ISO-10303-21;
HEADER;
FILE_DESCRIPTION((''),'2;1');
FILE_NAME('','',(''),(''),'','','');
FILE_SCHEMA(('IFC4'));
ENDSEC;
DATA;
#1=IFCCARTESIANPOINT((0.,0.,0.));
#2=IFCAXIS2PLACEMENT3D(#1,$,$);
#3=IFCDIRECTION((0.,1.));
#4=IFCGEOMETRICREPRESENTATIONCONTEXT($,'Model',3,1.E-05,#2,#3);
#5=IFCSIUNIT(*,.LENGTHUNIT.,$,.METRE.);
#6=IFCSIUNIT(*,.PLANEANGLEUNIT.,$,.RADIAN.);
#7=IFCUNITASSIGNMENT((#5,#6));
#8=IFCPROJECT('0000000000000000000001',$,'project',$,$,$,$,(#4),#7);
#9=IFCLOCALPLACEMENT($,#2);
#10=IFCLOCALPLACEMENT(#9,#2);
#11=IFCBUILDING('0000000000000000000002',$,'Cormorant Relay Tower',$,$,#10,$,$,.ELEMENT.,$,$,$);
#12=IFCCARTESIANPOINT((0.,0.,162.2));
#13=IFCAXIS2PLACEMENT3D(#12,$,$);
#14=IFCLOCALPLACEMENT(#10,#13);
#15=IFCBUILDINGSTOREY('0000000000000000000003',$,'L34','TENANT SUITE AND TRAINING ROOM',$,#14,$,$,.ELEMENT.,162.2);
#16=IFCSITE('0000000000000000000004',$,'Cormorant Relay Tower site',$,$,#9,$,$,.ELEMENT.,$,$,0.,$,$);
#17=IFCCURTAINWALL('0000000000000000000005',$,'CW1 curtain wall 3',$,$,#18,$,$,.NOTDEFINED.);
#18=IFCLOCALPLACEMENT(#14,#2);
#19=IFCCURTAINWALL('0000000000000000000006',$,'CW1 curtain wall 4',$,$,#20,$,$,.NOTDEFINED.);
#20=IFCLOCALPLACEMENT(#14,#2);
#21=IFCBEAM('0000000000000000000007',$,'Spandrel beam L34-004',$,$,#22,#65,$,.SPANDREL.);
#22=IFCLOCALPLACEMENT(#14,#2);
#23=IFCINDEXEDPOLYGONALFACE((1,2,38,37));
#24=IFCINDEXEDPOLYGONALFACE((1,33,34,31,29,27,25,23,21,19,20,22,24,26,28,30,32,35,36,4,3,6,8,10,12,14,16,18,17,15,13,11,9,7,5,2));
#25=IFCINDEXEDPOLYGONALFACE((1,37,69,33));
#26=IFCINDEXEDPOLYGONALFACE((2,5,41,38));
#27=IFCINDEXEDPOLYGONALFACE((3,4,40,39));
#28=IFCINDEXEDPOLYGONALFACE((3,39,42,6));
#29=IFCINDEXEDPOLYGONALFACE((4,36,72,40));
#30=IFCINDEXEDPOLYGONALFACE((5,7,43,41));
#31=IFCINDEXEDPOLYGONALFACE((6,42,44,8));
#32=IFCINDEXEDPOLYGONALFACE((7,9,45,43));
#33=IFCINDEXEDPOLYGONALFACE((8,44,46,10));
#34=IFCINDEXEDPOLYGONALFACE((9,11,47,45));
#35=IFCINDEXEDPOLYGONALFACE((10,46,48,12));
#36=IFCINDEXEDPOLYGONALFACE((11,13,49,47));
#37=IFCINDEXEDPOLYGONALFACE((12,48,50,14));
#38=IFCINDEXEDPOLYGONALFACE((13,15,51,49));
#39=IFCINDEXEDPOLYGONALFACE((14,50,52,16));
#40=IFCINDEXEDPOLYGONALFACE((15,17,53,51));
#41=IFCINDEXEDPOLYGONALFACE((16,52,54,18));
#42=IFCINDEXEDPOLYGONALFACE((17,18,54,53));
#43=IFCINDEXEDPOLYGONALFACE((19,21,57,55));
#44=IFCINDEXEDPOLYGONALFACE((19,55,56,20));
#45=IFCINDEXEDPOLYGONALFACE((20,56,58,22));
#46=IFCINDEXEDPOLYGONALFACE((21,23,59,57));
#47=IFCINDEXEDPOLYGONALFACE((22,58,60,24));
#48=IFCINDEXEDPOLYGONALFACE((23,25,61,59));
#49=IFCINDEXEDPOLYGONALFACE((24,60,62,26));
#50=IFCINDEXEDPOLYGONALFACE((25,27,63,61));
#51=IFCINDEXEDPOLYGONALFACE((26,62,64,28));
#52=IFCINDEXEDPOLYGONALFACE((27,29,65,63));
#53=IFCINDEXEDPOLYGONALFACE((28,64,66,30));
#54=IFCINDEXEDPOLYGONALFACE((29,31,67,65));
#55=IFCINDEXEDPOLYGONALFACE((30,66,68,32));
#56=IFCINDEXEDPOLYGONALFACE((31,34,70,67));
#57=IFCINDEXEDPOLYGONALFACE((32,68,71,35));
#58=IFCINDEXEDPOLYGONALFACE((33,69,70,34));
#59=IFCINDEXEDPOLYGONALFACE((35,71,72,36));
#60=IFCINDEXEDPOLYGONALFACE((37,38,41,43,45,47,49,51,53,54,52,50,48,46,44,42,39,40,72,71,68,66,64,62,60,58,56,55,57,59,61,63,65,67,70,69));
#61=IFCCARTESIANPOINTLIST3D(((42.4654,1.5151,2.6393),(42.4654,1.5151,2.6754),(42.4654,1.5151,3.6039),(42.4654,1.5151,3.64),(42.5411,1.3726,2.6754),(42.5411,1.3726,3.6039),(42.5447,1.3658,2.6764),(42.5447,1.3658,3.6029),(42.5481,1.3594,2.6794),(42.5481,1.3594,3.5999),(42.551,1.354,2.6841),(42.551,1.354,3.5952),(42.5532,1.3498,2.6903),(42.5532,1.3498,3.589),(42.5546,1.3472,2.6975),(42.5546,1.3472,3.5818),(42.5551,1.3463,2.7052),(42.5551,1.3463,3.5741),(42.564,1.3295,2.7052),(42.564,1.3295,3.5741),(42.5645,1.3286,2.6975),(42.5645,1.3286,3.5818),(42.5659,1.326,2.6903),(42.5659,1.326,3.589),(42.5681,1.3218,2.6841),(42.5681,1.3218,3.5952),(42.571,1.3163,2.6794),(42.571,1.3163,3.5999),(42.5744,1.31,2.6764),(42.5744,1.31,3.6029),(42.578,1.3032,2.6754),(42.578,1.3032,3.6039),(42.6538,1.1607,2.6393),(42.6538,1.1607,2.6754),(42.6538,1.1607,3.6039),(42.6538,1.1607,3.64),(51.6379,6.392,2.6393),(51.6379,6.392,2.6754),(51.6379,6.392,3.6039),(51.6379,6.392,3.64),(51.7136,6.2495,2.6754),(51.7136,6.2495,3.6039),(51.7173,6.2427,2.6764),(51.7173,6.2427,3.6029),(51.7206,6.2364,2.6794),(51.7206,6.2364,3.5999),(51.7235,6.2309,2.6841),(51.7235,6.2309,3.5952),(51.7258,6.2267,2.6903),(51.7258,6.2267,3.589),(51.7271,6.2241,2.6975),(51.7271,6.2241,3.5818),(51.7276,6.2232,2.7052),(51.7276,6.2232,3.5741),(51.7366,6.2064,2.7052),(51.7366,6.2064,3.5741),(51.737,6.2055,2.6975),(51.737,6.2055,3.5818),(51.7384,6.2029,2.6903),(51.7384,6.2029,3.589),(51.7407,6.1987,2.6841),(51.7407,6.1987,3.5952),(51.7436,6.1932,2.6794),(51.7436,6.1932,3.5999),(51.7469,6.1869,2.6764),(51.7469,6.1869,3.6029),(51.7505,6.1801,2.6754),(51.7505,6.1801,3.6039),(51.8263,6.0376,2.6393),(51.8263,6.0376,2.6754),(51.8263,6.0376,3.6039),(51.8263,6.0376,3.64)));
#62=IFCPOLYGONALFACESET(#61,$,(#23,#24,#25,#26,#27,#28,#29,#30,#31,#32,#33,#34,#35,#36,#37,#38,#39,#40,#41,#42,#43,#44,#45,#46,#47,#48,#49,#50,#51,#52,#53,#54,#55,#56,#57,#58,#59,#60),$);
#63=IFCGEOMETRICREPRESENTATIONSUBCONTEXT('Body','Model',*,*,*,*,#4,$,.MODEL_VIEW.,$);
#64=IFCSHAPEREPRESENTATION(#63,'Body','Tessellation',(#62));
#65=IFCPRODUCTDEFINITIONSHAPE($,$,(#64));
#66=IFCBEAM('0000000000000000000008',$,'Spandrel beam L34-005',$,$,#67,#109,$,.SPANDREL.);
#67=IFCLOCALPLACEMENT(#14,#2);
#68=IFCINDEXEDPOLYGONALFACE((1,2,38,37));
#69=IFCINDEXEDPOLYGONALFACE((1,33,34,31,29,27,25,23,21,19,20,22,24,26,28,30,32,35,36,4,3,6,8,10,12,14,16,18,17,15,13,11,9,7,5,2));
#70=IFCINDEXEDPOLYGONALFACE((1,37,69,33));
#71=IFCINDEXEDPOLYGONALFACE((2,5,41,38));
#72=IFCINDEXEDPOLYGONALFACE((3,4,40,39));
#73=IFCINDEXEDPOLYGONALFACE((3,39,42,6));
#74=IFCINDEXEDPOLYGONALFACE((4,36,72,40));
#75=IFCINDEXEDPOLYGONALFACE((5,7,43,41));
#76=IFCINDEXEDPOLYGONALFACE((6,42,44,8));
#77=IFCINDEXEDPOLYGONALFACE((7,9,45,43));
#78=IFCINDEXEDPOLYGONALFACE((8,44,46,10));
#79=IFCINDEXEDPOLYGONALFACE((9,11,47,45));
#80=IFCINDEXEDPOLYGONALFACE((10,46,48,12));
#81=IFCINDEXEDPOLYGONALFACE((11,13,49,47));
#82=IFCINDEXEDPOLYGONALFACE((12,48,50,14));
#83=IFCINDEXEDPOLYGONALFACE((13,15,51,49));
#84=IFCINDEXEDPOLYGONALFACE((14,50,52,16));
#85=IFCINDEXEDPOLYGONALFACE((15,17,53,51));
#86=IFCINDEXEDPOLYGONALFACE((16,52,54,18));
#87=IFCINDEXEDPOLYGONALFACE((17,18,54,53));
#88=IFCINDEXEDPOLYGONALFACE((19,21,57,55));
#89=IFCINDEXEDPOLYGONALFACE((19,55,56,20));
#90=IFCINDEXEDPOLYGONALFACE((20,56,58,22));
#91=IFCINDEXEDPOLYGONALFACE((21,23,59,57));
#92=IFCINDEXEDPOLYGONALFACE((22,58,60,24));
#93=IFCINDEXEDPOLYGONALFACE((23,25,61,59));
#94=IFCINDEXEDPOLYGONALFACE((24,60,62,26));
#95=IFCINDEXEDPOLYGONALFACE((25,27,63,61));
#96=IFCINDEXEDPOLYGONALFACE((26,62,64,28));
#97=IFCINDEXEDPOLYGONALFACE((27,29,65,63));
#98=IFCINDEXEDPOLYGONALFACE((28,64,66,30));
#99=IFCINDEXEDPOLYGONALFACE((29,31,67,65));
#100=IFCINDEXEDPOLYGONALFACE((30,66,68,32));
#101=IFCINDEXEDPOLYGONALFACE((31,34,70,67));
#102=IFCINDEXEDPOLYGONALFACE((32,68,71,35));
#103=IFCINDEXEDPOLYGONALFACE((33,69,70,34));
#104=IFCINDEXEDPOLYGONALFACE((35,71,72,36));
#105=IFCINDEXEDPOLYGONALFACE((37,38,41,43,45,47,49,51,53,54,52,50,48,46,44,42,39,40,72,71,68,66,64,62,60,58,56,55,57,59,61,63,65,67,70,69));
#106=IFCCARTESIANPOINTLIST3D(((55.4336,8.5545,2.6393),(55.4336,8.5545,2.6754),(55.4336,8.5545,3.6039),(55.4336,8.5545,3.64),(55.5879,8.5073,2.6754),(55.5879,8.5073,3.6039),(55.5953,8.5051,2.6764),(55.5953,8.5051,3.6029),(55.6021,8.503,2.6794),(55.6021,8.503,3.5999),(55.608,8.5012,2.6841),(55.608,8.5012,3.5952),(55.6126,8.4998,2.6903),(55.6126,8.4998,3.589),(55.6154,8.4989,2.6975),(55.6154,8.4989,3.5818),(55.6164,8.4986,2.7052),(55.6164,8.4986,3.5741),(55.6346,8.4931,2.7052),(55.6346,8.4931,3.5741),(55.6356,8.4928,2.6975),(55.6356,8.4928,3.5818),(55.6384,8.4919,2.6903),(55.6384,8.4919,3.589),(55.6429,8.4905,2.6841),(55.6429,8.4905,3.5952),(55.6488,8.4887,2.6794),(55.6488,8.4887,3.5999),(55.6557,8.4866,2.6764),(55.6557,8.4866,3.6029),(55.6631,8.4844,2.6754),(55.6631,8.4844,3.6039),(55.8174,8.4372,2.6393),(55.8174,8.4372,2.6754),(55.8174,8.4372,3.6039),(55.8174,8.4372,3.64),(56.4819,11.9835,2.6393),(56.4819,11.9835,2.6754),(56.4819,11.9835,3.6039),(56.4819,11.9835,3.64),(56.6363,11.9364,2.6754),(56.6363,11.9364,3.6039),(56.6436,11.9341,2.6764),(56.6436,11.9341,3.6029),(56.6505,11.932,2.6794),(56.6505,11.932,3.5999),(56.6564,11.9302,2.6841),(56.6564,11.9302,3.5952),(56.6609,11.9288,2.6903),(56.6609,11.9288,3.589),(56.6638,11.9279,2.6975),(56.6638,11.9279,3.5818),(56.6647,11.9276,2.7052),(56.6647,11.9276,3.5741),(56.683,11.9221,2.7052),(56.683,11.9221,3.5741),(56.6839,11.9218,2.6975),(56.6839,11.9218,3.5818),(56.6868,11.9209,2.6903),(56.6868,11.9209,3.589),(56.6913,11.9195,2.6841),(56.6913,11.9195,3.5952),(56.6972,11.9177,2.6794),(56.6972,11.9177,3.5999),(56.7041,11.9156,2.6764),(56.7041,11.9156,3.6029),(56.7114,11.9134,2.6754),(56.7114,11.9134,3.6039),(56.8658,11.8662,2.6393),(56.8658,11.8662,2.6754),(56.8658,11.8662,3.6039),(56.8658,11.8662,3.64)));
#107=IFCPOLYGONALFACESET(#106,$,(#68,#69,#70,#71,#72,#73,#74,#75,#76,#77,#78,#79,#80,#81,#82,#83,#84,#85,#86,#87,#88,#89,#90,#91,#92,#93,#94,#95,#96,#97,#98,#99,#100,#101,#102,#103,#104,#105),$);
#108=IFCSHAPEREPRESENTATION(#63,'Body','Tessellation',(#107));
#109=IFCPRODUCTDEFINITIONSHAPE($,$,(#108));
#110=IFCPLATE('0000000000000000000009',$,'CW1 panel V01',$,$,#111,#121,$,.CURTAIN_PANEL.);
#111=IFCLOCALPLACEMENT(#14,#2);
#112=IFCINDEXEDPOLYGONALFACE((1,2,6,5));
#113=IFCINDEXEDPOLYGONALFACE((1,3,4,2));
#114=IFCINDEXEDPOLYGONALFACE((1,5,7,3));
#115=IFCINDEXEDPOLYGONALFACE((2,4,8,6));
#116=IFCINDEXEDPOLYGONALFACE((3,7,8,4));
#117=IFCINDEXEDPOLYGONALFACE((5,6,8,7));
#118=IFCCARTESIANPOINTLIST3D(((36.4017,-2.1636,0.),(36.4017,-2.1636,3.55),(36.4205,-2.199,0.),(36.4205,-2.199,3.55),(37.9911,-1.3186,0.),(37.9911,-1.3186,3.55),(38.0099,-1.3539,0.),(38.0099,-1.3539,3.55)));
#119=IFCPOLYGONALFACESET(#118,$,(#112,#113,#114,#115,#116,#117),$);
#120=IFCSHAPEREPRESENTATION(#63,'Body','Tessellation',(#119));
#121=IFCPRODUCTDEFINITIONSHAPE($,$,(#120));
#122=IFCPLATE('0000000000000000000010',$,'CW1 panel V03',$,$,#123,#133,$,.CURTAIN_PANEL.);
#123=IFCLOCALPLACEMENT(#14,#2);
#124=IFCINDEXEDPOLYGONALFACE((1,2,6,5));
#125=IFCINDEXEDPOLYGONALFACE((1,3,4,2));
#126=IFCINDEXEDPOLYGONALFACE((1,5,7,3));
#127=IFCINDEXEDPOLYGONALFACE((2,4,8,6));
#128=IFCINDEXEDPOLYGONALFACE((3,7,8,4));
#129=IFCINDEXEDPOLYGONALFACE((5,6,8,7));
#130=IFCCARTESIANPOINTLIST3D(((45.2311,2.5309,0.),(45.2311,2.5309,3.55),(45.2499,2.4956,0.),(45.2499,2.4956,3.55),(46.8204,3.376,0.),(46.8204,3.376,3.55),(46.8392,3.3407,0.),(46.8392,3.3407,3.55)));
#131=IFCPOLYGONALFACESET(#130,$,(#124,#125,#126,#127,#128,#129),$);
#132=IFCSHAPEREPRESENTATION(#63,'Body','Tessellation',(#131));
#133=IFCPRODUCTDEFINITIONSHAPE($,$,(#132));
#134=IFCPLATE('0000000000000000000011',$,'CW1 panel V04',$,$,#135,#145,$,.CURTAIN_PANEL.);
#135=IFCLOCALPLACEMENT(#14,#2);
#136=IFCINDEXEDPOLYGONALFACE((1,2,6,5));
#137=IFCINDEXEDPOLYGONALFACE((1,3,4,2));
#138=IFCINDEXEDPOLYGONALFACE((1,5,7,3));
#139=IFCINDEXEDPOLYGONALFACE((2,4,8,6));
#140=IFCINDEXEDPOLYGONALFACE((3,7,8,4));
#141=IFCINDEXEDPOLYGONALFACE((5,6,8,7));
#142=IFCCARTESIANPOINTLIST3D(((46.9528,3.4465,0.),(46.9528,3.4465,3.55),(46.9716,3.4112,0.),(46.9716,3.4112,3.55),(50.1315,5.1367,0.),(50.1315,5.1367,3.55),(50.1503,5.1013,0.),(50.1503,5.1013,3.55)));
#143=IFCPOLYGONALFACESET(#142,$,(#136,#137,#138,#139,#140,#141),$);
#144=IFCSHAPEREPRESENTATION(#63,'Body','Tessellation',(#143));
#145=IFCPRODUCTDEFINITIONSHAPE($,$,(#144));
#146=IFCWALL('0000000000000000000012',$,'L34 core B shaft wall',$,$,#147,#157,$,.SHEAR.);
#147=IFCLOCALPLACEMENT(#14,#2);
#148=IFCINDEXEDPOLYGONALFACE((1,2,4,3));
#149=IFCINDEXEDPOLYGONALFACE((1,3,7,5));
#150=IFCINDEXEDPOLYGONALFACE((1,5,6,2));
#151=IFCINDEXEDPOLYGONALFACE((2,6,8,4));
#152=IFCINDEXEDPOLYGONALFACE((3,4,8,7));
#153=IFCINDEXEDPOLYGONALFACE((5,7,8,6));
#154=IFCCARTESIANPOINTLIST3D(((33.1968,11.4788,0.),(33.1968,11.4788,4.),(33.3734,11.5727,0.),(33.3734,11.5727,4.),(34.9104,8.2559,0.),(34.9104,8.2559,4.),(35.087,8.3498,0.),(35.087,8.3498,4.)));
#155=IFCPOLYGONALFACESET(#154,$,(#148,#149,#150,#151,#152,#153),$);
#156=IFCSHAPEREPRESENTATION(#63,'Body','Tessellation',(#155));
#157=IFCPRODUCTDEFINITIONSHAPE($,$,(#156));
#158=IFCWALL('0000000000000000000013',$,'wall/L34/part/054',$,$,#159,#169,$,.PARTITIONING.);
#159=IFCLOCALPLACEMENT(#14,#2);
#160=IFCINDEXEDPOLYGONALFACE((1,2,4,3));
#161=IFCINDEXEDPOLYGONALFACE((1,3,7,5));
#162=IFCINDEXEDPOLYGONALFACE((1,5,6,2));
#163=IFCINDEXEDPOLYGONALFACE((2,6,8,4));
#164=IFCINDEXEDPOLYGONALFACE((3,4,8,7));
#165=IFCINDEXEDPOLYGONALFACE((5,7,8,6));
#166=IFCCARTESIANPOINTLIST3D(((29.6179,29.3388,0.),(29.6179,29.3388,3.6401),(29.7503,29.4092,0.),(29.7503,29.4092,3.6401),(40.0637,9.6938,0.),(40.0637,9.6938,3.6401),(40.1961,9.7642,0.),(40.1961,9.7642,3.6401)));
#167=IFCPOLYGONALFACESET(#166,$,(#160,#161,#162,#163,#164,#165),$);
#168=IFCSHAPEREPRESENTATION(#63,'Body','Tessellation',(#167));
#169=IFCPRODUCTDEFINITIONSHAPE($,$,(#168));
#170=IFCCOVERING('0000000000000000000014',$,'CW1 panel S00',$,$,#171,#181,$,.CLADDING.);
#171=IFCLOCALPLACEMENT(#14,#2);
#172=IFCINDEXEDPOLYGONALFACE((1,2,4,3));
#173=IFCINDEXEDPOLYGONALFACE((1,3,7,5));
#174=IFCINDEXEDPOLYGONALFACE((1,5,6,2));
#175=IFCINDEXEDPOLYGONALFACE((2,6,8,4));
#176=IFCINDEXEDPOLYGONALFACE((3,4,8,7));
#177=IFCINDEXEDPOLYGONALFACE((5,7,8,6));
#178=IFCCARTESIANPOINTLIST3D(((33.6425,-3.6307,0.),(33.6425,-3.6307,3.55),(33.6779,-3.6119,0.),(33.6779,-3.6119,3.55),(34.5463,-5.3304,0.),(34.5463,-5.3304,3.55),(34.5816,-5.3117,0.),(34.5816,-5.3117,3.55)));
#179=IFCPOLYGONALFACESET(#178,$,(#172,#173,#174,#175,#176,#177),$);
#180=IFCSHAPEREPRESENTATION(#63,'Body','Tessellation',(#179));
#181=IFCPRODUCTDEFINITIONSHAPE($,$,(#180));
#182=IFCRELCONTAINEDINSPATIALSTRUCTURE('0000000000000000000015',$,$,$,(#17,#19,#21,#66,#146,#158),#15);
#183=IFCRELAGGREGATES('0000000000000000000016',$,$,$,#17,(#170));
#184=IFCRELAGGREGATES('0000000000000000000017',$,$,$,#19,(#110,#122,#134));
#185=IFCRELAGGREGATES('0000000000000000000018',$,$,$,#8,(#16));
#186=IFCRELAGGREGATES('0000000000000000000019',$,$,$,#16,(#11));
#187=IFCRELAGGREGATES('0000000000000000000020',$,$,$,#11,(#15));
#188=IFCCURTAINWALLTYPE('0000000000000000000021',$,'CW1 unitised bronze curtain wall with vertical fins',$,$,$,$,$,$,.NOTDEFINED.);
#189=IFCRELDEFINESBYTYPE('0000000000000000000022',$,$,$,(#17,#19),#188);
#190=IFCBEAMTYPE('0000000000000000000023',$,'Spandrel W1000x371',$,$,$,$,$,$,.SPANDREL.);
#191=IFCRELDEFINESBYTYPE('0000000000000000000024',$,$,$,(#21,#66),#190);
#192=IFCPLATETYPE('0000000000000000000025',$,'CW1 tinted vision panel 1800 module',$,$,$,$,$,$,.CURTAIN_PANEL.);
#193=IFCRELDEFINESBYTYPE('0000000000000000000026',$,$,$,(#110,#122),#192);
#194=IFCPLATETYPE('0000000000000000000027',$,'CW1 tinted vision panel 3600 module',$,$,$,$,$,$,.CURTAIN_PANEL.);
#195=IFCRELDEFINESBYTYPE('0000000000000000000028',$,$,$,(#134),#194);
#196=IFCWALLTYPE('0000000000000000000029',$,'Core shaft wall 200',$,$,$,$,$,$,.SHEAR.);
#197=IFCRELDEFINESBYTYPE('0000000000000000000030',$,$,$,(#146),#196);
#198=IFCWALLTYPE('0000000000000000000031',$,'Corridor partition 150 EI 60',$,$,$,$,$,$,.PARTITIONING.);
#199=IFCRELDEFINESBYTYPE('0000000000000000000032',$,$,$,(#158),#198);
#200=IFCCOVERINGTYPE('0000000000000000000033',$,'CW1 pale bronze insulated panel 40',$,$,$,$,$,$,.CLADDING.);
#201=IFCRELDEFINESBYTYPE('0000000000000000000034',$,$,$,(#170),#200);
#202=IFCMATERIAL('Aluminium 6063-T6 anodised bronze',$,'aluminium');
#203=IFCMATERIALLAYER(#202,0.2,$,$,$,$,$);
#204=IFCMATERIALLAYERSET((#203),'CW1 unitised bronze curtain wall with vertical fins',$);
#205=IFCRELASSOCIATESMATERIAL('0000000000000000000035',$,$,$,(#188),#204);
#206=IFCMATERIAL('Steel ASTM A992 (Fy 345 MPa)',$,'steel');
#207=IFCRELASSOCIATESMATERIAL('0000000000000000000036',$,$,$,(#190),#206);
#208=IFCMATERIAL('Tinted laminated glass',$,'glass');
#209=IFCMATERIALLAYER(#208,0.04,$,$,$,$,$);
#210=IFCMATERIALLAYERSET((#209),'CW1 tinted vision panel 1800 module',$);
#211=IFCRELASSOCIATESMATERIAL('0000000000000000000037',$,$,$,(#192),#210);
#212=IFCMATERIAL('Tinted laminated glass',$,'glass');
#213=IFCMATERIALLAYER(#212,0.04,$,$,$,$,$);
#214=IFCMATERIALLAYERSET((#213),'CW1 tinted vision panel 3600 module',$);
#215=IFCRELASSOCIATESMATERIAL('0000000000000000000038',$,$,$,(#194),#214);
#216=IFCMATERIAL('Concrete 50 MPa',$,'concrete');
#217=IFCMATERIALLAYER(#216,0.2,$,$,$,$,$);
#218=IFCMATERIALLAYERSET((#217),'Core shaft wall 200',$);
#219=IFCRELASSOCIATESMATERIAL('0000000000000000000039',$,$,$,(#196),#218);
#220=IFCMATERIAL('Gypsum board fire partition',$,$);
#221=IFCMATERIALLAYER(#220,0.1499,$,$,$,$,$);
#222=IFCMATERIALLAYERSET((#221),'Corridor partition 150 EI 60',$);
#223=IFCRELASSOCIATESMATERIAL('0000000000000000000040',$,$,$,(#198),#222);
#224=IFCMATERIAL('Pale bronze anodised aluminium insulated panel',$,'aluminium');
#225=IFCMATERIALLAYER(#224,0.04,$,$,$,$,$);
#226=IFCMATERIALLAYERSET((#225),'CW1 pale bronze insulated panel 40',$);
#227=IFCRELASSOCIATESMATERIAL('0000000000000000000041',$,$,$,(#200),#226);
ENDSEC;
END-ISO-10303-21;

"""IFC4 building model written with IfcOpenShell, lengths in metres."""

from ifc_helpers import new_model, si_unit, direction, frame, frame_2d, origin, origin_2d, place, context, subcontext, project, spatial, rectangle, i_section, extrude, material, layer, layer_set, material_profile, profile_set, type_object, element, aggregate, save


model = new_model("IFC4")

# Units and contexts
model_context = context("Model", 3, precision=1e-05, world=origin(), true_north=direction((0.0, 1.0)))
body_context = subcontext(model_context, "Body", "Model", "MODEL_VIEW")
ifc_project = project(units=[si_unit("LENGTHUNIT", "METRE"), si_unit("PLANEANGLEUNIT", "RADIAN")], contexts=[model_context])

# Site, building, storey
site_placement = place(None, origin())
site = spatial("IfcSite", under=ifc_project, at=site_placement, Name="Cormorant Relay Tower site", CompositionType="ELEMENT", RefElevation=0.0)
building_placement = place(site_placement, origin())
building = spatial("IfcBuilding", under=site, at=building_placement, Name="Cormorant Relay Tower", CompositionType="ELEMENT")
storey_placement = place(building_placement, frame((0.0, 0.0, 162.2)))
storey = spatial("IfcBuildingStorey", under=building, at=storey_placement, Name="L34", Description="TENANT SUITE AND TRAINING ROOM", CompositionType="ELEMENT", Elevation=162.2)

# Curtain wall
ifc_material_1 = material(Name="Aluminium 6063-T6 anodised bronze", Category="aluminium")
ifc_layer_1 = layer(ifc_material_1, 0.2)
ifc_layer_set_1 = layer_set([ifc_layer_1], Name="CW1 unitised bronze curtain wall with vertical fins")
curtain_wall_type = type_object("IfcCurtainWallType", Name="CW1 unitised bronze curtain wall with vertical fins", PredefinedType="NOTDEFINED", material=ifc_layer_set_1)
curtain_wall_1_placement = place(storey_placement, origin())
curtain_wall_1 = element("IfcCurtainWall", 1, at=curtain_wall_1_placement, inside=storey, type_object=curtain_wall_type, Name="CW1 curtain wall 3", PredefinedType="NOTDEFINED")

# Curtain wall
curtain_wall_2_placement = place(storey_placement, origin())
curtain_wall_2 = element("IfcCurtainWall", 2, at=curtain_wall_2_placement, inside=storey, type_object=curtain_wall_type, Name="CW1 curtain wall 4", PredefinedType="NOTDEFINED")

# Beams
ifc_material_2 = material(Name="Steel ASTM A992 (Fy 345 MPa)", Category="steel")
ifc_material_profile_1 = material_profile(ifc_material_2, i_section(OverallWidth=0.4014, OverallDepth=1.0007, WebThickness=0.019, FlangeThickness=0.0361, FilletRadius=0.0298, at=origin_2d()), Name="W1000x371")
ifc_profile_set_1 = profile_set([ifc_material_profile_1], Name="Steel ASTM A992 (Fy 345 MPa)")
beam_type = type_object("IfcBeamType", Name="Spandrel W1000x371", PredefinedType="SPANDREL", material=ifc_profile_set_1)
beam_1_placement = place(storey_placement, frame((42.5596, 1.3379, 3.1396), z_axis=(0.882956, 0.469456, 0.0), x_axis=(-0.469456, 0.882956, 0.0)))
element("IfcBeam", 3, at=beam_1_placement, inside=storey, type_object=beam_type, Name="Spandrel beam L34-004", PredefinedType="SPANDREL", context=body_context, shape_type="SweptSolid", body=[
    extrude(i_section(OverallWidth=0.4014, OverallDepth=1.0007, WebThickness=0.019, FlangeThickness=0.0361, FilletRadius=0.0298, at=origin_2d()), origin(), (0.0, 0.0, 1.0), 10.3884),
])
beam_2_placement = place(storey_placement, frame((55.6255, 8.4958, 3.1396), z_axis=(0.292372, 0.956305, 0.0), x_axis=(-0.956305, 0.292372, 0.0)))
element("IfcBeam", 4, at=beam_2_placement, inside=storey, type_object=beam_type, Name="Spandrel beam L34-005", PredefinedType="SPANDREL", context=body_context, shape_type="SweptSolid", body=[
    extrude(i_section(OverallWidth=0.4014, OverallDepth=1.0007, WebThickness=0.019, FlangeThickness=0.0361, FilletRadius=0.0298, at=origin_2d()), origin(), (0.0, 0.0, 1.0), 3.5857),
])

# Plates
ifc_material_3 = material(Name="Tinted laminated glass", Category="glass")
ifc_layer_2 = layer(ifc_material_3, 0.04)
ifc_layer_set_2 = layer_set([ifc_layer_2], Name="CW1 tinted vision panel 1800 module")
plate_type_1 = type_object("IfcPlateType", Name="CW1 tinted vision panel 1800 module", PredefinedType="CURTAIN_PANEL", material=ifc_layer_set_2)
plate_1_placement = place(storey_placement, frame((37.2058, -1.7588, 0.0), z_axis=(0.0, 0.0, 1.0), x_axis=(0.882948, 0.469472, 0.0)))
plate_1 = element("IfcPlate", 5, at=plate_1_placement, type_object=plate_type_1, Name="CW1 panel V01", PredefinedType="CURTAIN_PANEL", context=body_context, shape_type="SweptSolid", body=[
    extrude(rectangle(XDim=1.8, YDim=0.04, at=origin_2d()), origin(), (0.0, 0.0, 1.0), 3.55),
])
plate_2_placement = place(storey_placement, frame((46.0352, 2.9358, 0.0), z_axis=(0.0, 0.0, 1.0), x_axis=(0.882948, 0.469472, 0.0)))
plate_2 = element("IfcPlate", 6, at=plate_2_placement, type_object=plate_type_1, Name="CW1 panel V03", PredefinedType="CURTAIN_PANEL", context=body_context, shape_type="SweptSolid", body=[
    extrude(rectangle(XDim=1.8, YDim=0.04, at=origin_2d()), origin(), (0.0, 0.0, 1.0), 3.55),
])
ifc_material_4 = material(Name="Tinted laminated glass", Category="glass")
ifc_layer_3 = layer(ifc_material_4, 0.04)
ifc_layer_set_3 = layer_set([ifc_layer_3], Name="CW1 tinted vision panel 3600 module")
plate_type_2 = type_object("IfcPlateType", Name="CW1 tinted vision panel 3600 module", PredefinedType="CURTAIN_PANEL", material=ifc_layer_set_3)
plate_3_placement = place(storey_placement, frame((48.5515, 4.2739, 0.0), z_axis=(0.0, 0.0, 1.0), x_axis=(0.882948, 0.469472, 0.0)))
plate_3 = element("IfcPlate", 7, at=plate_3_placement, type_object=plate_type_2, Name="CW1 panel V04", PredefinedType="CURTAIN_PANEL", context=body_context, shape_type="SweptSolid", body=[
    extrude(rectangle(XDim=3.6001, YDim=0.04, at=origin_2d()), origin(), (0.0, 0.0, 1.0), 3.55),
])

# Wall
ifc_material_5 = material(Name="Concrete 50 MPa", Category="concrete")
ifc_layer_4 = layer(ifc_material_5, 0.2)
ifc_layer_set_4 = layer_set([ifc_layer_4], Name="Core shaft wall 200")
wall_type_1 = type_object("IfcWallType", Name="Core shaft wall 200", PredefinedType="SHEAR", material=ifc_layer_set_4)
wall_1_placement = place(storey_placement, frame((34.9988, 8.3027, 0.0), z_axis=(0.0, 0.0, 1.0), x_axis=(-0.469467, 0.88295, 0.0)))
element("IfcWall", 8, at=wall_1_placement, inside=storey, type_object=wall_type_1, Name="L34 core B shaft wall", PredefinedType="SHEAR", context=body_context, shape_type="SweptSolid", body=[
    extrude(rectangle(XDim=3.6501, YDim=0.2, at=frame_2d((1.8252, 0.0))), origin(), (0.0, 0.0, 1.0), 4.0),
])

# Wall
ifc_material_6 = material(Name="Gypsum board fire partition")
ifc_layer_5 = layer(ifc_material_6, 0.1499)
ifc_layer_set_5 = layer_set([ifc_layer_5], Name="Corridor partition 150 EI 60")
wall_type_2 = type_object("IfcWallType", Name="Corridor partition 150 EI 60", PredefinedType="PARTITIONING", material=ifc_layer_set_5)
wall_2_placement = place(storey_placement, frame((40.1299, 9.729, 0.0), z_axis=(0.0, 0.0, 1.0), x_axis=(-0.469484, 0.882941, 0.0)))
element("IfcWall", 9, at=wall_2_placement, inside=storey, type_object=wall_type_2, Name="wall/L34/part/054", PredefinedType="PARTITIONING", context=body_context, shape_type="SweptSolid", body=[
    extrude(rectangle(XDim=22.2495, YDim=0.1499, at=frame_2d((11.1248, 0.0))), origin(), (0.0, 0.0, 1.0), 3.6401),
])

# Covering
ifc_material_7 = material(Name="Pale bronze anodised aluminium insulated panel", Category="aluminium")
ifc_layer_6 = layer(ifc_material_7, 0.04)
ifc_layer_set_6 = layer_set([ifc_layer_6], Name="CW1 pale bronze insulated panel 40")
covering_type = type_object("IfcCoveringType", Name="CW1 pale bronze insulated panel 40", PredefinedType="CLADDING", material=ifc_layer_set_6)
covering_1_placement = place(storey_placement, frame((34.1121, -4.4712, 0.0), z_axis=(0.0, 0.0, 1.0), x_axis=(-0.469472, 0.882948, 0.0)))
covering_1 = element("IfcCovering", 10, at=covering_1_placement, type_object=covering_type, Name="CW1 panel S00", PredefinedType="CLADDING", context=body_context, shape_type="SweptSolid", body=[
    extrude(rectangle(XDim=1.925, YDim=0.04, at=origin_2d()), origin(), (0.0, 0.0, 1.0), 3.55),
])
aggregate(curtain_wall_1, [covering_1])
aggregate(curtain_wall_2, [plate_1, plate_2, plate_3])

save(model, "model.ifc")
